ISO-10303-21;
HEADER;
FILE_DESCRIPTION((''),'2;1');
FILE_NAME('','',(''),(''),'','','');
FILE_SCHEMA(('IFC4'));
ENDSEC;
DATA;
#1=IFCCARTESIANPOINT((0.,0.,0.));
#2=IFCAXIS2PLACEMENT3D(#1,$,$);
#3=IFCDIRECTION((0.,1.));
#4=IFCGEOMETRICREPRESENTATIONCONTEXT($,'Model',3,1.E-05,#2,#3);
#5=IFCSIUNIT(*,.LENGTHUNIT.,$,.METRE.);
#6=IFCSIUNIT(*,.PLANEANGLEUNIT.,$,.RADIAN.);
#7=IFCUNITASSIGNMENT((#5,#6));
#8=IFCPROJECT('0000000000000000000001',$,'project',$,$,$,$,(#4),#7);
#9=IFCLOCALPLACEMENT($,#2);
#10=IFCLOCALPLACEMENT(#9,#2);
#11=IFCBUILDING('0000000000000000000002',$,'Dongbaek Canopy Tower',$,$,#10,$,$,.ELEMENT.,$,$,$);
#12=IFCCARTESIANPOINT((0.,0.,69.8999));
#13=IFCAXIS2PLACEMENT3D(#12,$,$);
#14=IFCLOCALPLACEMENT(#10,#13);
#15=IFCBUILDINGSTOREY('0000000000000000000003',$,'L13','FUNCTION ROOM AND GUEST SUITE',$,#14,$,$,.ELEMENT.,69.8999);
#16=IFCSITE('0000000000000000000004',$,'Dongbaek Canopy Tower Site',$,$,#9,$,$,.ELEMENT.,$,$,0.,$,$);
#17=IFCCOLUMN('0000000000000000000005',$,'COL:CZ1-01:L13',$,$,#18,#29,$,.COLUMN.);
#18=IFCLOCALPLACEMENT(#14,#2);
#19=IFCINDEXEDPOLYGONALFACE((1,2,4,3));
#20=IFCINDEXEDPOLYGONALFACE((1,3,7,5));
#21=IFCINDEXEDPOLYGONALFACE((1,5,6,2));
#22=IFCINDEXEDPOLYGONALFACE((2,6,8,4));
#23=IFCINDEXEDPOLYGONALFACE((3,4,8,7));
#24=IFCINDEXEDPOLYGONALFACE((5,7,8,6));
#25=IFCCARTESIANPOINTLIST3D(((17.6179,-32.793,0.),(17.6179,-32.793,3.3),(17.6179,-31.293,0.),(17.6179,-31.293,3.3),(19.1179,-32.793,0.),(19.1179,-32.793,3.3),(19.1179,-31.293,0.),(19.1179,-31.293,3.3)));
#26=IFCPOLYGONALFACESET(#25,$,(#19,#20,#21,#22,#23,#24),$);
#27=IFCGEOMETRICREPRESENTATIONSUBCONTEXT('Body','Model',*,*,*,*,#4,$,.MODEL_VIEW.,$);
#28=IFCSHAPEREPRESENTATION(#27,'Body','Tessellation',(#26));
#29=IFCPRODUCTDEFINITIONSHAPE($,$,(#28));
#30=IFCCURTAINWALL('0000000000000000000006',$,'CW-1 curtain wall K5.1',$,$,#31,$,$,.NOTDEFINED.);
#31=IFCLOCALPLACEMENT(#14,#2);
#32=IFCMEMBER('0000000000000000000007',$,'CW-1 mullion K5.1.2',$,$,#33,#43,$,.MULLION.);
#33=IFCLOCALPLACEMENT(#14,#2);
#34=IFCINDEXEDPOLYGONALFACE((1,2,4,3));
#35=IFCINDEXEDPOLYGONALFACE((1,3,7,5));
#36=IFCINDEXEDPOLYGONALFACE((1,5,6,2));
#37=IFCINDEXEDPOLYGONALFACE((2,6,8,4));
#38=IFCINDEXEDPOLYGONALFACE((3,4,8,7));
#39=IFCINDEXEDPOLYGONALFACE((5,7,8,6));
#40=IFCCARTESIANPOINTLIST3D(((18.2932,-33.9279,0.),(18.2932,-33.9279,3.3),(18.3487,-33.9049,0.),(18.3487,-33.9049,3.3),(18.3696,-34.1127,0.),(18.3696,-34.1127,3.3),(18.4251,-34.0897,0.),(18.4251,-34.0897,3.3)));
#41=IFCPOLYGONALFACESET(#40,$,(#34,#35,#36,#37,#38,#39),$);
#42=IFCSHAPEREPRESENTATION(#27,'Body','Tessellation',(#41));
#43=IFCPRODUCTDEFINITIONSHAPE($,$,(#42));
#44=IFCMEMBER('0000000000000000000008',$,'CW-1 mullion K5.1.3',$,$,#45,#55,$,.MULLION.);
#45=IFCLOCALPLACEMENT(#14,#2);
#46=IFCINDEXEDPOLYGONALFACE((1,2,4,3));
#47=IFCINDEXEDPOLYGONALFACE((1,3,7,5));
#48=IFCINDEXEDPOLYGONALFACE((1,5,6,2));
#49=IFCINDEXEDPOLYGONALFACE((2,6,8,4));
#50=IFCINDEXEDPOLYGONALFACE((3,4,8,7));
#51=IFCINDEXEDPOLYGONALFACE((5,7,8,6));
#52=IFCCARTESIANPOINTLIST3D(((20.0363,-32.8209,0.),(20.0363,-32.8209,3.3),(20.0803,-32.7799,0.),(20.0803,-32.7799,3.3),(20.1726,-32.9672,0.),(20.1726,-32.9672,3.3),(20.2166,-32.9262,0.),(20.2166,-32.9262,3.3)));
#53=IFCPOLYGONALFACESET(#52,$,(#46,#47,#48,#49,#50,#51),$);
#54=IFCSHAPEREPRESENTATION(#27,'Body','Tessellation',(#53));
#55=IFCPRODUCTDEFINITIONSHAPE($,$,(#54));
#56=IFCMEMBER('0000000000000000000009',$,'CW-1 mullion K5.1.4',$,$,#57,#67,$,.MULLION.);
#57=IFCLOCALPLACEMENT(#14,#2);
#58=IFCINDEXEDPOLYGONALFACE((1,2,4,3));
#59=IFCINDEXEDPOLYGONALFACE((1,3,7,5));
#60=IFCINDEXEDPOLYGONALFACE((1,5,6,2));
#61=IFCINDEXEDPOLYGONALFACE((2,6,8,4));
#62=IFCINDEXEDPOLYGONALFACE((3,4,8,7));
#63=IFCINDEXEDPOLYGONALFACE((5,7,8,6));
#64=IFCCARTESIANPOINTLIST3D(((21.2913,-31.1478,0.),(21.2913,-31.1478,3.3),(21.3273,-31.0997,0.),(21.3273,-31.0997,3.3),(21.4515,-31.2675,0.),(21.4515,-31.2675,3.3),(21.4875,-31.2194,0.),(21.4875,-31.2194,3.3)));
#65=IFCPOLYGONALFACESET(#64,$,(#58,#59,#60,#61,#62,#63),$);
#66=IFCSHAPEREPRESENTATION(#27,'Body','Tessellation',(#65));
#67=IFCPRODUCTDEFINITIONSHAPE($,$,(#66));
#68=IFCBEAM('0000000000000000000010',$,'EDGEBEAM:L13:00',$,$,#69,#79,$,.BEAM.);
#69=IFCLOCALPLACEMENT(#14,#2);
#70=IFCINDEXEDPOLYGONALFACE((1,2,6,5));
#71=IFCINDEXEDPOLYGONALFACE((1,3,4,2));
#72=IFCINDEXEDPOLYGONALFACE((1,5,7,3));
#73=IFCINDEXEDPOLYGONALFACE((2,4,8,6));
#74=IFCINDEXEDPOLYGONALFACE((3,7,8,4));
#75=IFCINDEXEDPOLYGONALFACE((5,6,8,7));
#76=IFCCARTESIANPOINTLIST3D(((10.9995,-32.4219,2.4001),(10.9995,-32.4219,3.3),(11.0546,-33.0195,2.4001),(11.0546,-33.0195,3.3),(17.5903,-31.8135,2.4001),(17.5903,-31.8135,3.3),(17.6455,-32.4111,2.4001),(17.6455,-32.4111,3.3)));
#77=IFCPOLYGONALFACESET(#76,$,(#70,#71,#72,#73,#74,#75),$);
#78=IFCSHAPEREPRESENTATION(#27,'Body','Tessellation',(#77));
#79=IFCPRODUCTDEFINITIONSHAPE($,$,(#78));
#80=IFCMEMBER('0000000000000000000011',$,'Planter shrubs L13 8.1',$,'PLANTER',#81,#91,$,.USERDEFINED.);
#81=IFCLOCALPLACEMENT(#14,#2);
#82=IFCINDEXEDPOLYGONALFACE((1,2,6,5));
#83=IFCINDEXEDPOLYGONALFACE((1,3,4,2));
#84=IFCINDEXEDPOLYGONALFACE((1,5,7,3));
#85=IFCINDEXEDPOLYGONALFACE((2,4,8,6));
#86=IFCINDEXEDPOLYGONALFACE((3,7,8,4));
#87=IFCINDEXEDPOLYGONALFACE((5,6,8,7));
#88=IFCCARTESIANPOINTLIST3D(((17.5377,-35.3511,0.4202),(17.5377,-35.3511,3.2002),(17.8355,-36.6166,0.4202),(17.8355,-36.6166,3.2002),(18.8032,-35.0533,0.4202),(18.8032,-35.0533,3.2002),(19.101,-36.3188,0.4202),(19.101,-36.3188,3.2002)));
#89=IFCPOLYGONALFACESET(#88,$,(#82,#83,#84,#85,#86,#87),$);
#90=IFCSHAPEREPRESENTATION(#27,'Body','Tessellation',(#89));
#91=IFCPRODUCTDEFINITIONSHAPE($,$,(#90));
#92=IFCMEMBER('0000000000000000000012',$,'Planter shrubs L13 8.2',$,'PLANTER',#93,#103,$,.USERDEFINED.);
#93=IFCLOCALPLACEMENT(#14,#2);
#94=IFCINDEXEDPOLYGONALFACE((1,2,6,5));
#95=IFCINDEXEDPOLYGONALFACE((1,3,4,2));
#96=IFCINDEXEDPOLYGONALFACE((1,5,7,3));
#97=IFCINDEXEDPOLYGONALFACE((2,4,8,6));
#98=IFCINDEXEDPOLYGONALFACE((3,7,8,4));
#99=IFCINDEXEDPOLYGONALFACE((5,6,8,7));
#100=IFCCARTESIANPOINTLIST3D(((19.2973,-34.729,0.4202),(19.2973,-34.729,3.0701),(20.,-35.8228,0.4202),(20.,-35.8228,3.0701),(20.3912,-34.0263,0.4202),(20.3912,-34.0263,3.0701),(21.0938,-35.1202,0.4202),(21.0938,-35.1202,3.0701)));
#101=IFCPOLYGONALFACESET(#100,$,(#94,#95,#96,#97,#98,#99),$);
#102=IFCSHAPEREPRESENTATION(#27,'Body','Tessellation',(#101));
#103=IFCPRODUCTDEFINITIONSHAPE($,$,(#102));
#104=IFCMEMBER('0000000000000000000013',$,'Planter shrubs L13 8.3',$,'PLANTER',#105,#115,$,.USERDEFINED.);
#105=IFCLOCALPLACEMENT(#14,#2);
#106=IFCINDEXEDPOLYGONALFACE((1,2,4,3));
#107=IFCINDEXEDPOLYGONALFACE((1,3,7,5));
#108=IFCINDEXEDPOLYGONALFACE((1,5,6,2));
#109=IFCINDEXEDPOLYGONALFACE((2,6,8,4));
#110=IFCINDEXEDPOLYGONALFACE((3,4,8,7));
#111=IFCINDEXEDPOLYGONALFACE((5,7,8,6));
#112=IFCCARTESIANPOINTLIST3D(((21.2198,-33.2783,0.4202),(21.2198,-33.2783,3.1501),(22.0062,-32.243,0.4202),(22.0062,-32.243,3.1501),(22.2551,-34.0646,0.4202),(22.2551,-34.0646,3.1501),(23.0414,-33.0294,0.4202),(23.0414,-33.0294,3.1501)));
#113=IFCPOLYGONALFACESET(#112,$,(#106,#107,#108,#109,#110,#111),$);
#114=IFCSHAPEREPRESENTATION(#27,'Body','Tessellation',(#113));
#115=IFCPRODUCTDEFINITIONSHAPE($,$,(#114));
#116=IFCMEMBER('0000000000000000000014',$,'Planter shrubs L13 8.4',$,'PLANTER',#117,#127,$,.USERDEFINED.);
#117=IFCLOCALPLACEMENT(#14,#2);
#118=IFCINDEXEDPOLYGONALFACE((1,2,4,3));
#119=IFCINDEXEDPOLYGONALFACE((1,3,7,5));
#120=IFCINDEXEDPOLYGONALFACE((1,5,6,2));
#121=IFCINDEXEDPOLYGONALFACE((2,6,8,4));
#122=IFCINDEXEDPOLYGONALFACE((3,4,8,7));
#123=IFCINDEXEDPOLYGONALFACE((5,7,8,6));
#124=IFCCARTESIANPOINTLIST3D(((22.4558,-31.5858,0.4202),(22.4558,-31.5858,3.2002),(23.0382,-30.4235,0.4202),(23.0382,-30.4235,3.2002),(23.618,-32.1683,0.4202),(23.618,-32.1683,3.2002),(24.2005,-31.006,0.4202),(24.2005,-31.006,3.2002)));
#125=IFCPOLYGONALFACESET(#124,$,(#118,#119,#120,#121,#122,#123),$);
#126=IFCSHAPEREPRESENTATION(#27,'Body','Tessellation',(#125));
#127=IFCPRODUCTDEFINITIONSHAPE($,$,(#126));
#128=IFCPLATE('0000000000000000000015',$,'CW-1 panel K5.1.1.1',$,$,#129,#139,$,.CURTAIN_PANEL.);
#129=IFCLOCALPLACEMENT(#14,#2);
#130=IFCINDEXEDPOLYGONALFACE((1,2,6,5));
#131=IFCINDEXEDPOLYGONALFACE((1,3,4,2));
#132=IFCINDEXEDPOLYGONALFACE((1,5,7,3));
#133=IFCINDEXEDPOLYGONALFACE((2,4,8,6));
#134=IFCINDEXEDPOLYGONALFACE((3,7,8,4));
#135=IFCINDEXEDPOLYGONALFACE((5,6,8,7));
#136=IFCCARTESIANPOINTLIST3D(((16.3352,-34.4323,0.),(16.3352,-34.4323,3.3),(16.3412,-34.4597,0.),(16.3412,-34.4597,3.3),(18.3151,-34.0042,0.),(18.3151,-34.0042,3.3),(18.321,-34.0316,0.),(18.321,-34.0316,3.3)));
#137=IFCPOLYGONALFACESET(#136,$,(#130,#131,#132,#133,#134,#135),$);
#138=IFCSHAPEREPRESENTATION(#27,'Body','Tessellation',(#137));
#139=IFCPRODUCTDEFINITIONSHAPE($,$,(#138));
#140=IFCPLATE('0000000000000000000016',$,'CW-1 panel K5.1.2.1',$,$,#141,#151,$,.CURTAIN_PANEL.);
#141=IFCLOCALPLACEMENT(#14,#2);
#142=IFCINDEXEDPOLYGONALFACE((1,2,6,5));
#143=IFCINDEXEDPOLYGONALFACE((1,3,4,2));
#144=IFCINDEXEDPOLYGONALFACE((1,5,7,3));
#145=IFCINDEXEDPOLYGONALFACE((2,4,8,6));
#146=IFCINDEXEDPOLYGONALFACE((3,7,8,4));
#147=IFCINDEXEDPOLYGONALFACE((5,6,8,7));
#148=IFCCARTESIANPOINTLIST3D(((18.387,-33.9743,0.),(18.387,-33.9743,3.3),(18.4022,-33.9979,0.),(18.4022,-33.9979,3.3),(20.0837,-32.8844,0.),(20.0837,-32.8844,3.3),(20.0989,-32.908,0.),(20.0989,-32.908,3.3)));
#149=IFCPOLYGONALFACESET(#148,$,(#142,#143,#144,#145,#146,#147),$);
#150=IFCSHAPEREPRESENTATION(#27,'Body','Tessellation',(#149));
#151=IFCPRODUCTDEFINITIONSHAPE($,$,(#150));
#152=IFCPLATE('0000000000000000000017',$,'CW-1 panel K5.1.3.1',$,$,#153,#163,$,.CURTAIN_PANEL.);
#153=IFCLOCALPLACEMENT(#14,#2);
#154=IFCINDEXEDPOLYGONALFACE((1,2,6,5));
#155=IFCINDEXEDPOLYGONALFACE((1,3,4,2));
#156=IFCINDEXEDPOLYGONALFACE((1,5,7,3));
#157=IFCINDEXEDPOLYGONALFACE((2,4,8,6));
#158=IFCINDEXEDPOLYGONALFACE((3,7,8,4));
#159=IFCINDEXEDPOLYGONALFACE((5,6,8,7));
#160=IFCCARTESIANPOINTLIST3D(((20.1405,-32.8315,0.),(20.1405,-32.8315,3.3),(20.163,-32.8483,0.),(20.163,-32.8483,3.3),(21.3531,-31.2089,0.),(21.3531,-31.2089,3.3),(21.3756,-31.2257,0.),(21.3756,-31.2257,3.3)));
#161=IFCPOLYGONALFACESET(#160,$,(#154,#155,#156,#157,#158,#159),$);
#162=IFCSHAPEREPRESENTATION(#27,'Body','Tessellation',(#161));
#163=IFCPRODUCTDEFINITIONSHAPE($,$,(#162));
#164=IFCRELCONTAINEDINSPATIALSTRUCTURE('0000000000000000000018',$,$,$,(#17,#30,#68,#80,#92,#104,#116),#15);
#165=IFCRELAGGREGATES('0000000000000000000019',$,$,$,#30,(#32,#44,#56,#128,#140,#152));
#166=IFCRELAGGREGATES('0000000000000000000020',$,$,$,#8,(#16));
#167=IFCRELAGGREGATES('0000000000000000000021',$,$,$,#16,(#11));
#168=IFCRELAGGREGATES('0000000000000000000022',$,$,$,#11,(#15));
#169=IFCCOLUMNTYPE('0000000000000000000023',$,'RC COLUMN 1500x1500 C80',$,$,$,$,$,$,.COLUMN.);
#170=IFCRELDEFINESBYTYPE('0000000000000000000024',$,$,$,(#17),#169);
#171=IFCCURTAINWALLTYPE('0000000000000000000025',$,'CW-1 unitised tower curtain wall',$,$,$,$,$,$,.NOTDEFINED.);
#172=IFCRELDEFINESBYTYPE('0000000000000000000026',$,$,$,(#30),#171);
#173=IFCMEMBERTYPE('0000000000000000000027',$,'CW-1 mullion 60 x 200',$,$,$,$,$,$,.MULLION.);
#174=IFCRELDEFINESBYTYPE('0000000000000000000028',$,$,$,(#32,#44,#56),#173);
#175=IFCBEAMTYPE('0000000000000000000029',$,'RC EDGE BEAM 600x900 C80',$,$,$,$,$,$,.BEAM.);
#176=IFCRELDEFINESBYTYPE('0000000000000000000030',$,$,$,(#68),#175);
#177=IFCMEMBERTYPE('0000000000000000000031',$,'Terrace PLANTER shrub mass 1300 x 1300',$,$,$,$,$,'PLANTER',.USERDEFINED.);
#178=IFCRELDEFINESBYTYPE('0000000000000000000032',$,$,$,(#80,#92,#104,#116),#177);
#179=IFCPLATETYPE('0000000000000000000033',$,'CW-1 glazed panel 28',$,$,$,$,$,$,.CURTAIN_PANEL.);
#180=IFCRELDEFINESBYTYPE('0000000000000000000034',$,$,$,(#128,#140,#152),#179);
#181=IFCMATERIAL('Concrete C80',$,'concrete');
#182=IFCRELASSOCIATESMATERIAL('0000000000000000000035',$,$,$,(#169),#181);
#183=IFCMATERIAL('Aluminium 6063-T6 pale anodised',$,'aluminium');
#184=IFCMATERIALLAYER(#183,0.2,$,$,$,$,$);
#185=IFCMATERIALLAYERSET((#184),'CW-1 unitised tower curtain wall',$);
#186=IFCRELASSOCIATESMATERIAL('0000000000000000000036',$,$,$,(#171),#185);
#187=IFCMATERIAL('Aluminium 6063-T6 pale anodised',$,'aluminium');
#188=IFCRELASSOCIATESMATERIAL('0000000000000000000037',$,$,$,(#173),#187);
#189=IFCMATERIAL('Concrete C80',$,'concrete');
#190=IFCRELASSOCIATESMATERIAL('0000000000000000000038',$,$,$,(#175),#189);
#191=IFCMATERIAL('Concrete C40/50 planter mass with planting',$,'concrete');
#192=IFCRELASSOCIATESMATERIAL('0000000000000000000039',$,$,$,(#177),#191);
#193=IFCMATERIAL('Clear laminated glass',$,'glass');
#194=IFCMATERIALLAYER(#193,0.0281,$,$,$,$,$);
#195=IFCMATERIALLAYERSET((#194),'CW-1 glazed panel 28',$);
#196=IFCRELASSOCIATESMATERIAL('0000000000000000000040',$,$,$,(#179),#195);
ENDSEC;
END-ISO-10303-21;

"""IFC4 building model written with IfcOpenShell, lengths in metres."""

from ifc_helpers import new_model, si_unit, direction, frame, origin, origin_2d, place, context, subcontext, project, spatial, rectangle, extrude, material, layer, layer_set, material_profile, profile_set, type_object, element, aggregate, save


model = new_model("IFC4")

# Units and contexts
model_context = context("Model", 3, precision=1e-05, world=origin(), true_north=direction((0.0, 1.0)))
body_context = subcontext(model_context, "Body", "Model", "MODEL_VIEW")
ifc_project = project(units=[si_unit("LENGTHUNIT", "METRE"), si_unit("PLANEANGLEUNIT", "RADIAN")], contexts=[model_context])

# Site, building, storey
site_placement = place(None, origin())
site = spatial("IfcSite", under=ifc_project, at=site_placement, Name="Dongbaek Canopy Tower Site", CompositionType="ELEMENT", RefElevation=0.0)
building_placement = place(site_placement, origin())
building = spatial("IfcBuilding", under=site, at=building_placement, Name="Dongbaek Canopy Tower", CompositionType="ELEMENT")
storey_placement = place(building_placement, frame((0.0, 0.0, 69.8999)))
storey = spatial("IfcBuildingStorey", under=building, at=storey_placement, Name="L13", Description="FUNCTION ROOM AND GUEST SUITE", CompositionType="ELEMENT", Elevation=69.8999)

# Column
ifc_material_1 = material(Name="Concrete C80", Category="concrete")
ifc_material_profile_1 = material_profile(ifc_material_1, rectangle(XDim=1.5, YDim=1.5, at=origin_2d()), Name="RC COLUMN 1500x1500 C80")
ifc_profile_set_1 = profile_set([ifc_material_profile_1], Name="Concrete C80")
column_type = type_object("IfcColumnType", Name="RC COLUMN 1500x1500 C80", PredefinedType="COLUMN", material=ifc_profile_set_1)
column_placement = place(storey_placement, frame((18.3679, -32.043, 0.0), z_axis=(0.0, 0.0, 1.0), x_axis=(1.0, 0.0, 0.0)))
element("IfcColumn", 1, at=column_placement, inside=storey, type_object=column_type, Name="COL:CZ1-01:L13", PredefinedType="COLUMN", context=body_context, shape_type="SweptSolid", body=[
    extrude(rectangle(XDim=1.5, YDim=1.5, at=origin_2d()), origin(), (0.0, 0.0, 1.0), 3.3),
])

# Curtain wall, members
ifc_material_2 = material(Name="Aluminium 6063-T6 pale anodised", Category="aluminium")
ifc_layer_1 = layer(ifc_material_2, 0.2)
ifc_layer_set_1 = layer_set([ifc_layer_1], Name="CW-1 unitised tower curtain wall")
curtain_wall_type = type_object("IfcCurtainWallType", Name="CW-1 unitised tower curtain wall", PredefinedType="NOTDEFINED", material=ifc_layer_set_1)
curtain_wall_placement = place(storey_placement, origin())
curtain_wall = element("IfcCurtainWall", 2, at=curtain_wall_placement, inside=storey, type_object=curtain_wall_type, Name="CW-1 curtain wall K5.1", PredefinedType="NOTDEFINED")
ifc_material_3 = material(Name="Aluminium 6063-T6 pale anodised", Category="aluminium")
ifc_material_profile_2 = material_profile(ifc_material_3, rectangle(XDim=0.2, YDim=0.0601, at=origin_2d()), Name="CW-1 mullion 60 x 200")
ifc_profile_set_2 = profile_set([ifc_material_profile_2], Name="Aluminium 6063-T6 pale anodised")
member_type_1 = type_object("IfcMemberType", Name="CW-1 mullion 60 x 200", PredefinedType="MULLION", material=ifc_profile_set_2)
member_1_placement = place(storey_placement, frame((18.3591, -34.0088, 0.0), z_axis=(0.0, 0.0, 1.0), x_axis=(0.382011, -0.924158, 0.0)))
member_1 = element("IfcMember", 3, at=member_1_placement, type_object=member_type_1, Name="CW-1 mullion K5.1.2", PredefinedType="MULLION", context=body_context, shape_type="SweptSolid", body=[
    extrude(rectangle(XDim=0.2, YDim=0.0601, at=origin_2d()), origin(), (0.0, 0.0, 1.0), 3.3),
])
member_2_placement = place(storey_placement, frame((20.1265, -32.8735, 0.0), z_axis=(0.0, 0.0, 1.0), x_axis=(0.681641, -0.731687, 0.0)))
member_2 = element("IfcMember", 4, at=member_2_placement, type_object=member_type_1, Name="CW-1 mullion K5.1.3", PredefinedType="MULLION", context=body_context, shape_type="SweptSolid", body=[
    extrude(rectangle(XDim=0.2, YDim=0.0601, at=origin_2d()), origin(), (0.0, 0.0, 1.0), 3.3),
])
member_3_placement = place(storey_placement, frame((21.3894, -31.1836, 0.0), z_axis=(0.0, 0.0, 1.0), x_axis=(0.801033, -0.59862, 0.0)))
member_3 = element("IfcMember", 5, at=member_3_placement, type_object=member_type_1, Name="CW-1 mullion K5.1.4", PredefinedType="MULLION", context=body_context, shape_type="SweptSolid", body=[
    extrude(rectangle(XDim=0.2, YDim=0.0601, at=origin_2d()), origin(), (0.0, 0.0, 1.0), 3.3),
])

# Beam
ifc_material_4 = material(Name="Concrete C80", Category="concrete")
ifc_material_profile_3 = material_profile(ifc_material_4, rectangle(XDim=0.6001, YDim=0.8999, at=origin_2d()), Name="RC EDGE BEAM 600x900 C80")
ifc_profile_set_3 = profile_set([ifc_material_profile_3], Name="Concrete C80")
beam_type = type_object("IfcBeamType", Name="RC EDGE BEAM 600x900 C80", PredefinedType="BEAM", material=ifc_profile_set_3)
beam_placement = place(storey_placement, frame((17.6179, -32.1123, 2.8501), z_axis=(-0.995766, -0.091919, 0.0), x_axis=(0.091919, -0.995766, 0.0)))
element("IfcBeam", 6, at=beam_placement, inside=storey, type_object=beam_type, Name="EDGEBEAM:L13:00", PredefinedType="BEAM", context=body_context, shape_type="SweptSolid", body=[
    extrude(rectangle(XDim=0.6001, YDim=0.8999, at=origin_2d()), origin(), (0.0, 0.0, 1.0), 6.6189),
])

# Members
ifc_material_5 = material(Name="Concrete C40/50 planter mass with planting", Category="concrete")
ifc_material_profile_4 = material_profile(ifc_material_5, rectangle(XDim=1.3, YDim=1.3, at=origin_2d()), Name="Terrace PLANTER shrub mass 1300 x 1300")
ifc_profile_set_4 = profile_set([ifc_material_profile_4], Name="Concrete C40/50 planter mass with planting")
member_type_2 = type_object("IfcMemberType", Name="Terrace PLANTER shrub mass 1300 x 1300", ElementType="PLANTER", PredefinedType="USERDEFINED", material=ifc_profile_set_4)
member_4_placement = place(storey_placement, frame((18.3193, -35.835, 0.4202), z_axis=(0.0, 0.0, 1.0), x_axis=(0.229056, -0.973413, 0.0)))
element("IfcMember", 7, at=member_4_placement, inside=storey, type_object=member_type_2, Name="Planter shrubs L13 8.1", ObjectType="PLANTER", PredefinedType="USERDEFINED", context=body_context, shape_type="SweptSolid", body=[
    extrude(rectangle(XDim=1.3, YDim=1.3, at=origin_2d()), origin(), (0.0, 0.0, 1.0), 2.78),
])
member_5_placement = place(storey_placement, frame((20.1956, -34.9246, 0.4202), z_axis=(0.0, 0.0, 1.0), x_axis=(0.540463, -0.841368, 0.0)))
element("IfcMember", 8, at=member_5_placement, inside=storey, type_object=member_type_2, Name="Planter shrubs L13 8.2", ObjectType="PLANTER", PredefinedType="USERDEFINED", context=body_context, shape_type="SweptSolid", body=[
    extrude(rectangle(XDim=1.3, YDim=1.3, at=origin_2d()), origin(), (0.0, 0.0, 1.0), 2.6499),
])
member_6_placement = place(storey_placement, frame((22.1306, -33.1538, 0.4202), z_axis=(0.0, 0.0, 1.0), x_axis=(0.796328, -0.604865, 0.0)))
element("IfcMember", 9, at=member_6_placement, inside=storey, type_object=member_type_2, Name="Planter shrubs L13 8.3", ObjectType="PLANTER", PredefinedType="USERDEFINED", context=body_context, shape_type="SweptSolid", body=[
    extrude(rectangle(XDim=1.3, YDim=1.3, at=origin_2d()), origin(), (0.0, 0.0, 1.0), 2.73),
])
member_7_placement = place(storey_placement, frame((23.3281, -31.2959, 0.4202), z_axis=(0.0, 0.0, 1.0), x_axis=(0.894006, -0.448055, 0.0)))
element("IfcMember", 10, at=member_7_placement, inside=storey, type_object=member_type_2, Name="Planter shrubs L13 8.4", ObjectType="PLANTER", PredefinedType="USERDEFINED", context=body_context, shape_type="SweptSolid", body=[
    extrude(rectangle(XDim=1.3, YDim=1.3, at=origin_2d()), origin(), (0.0, 0.0, 1.0), 2.78),
])

# Plates
ifc_material_6 = material(Name="Clear laminated glass", Category="glass")
ifc_layer_2 = layer(ifc_material_6, 0.0281)
ifc_layer_set_2 = layer_set([ifc_layer_2], Name="CW-1 glazed panel 28")
plate_type = type_object("IfcPlateType", Name="CW-1 glazed panel 28", PredefinedType="CURTAIN_PANEL", material=ifc_layer_set_2)
plate_1_placement = place(storey_placement, frame((17.3281, -34.2319, 0.0), z_axis=(0.0, 0.0, 1.0), x_axis=(0.977411, 0.211349, 0.0)))
plate_1 = element("IfcPlate", 11, at=plate_1_placement, type_object=plate_type, Name="CW-1 panel K5.1.1.1", PredefinedType="CURTAIN_PANEL", context=body_context, shape_type="SweptSolid", body=[
    extrude(rectangle(XDim=2.0256, YDim=0.0281, at=origin_2d()), origin(), (0.0, 0.0, 1.0), 3.3),
])
plate_2_placement = place(storey_placement, frame((19.2429, -33.4412, 0.0), z_axis=(0.0, 0.0, 1.0), x_axis=(0.841368, 0.540463, 0.0)))
plate_2 = element("IfcPlate", 12, at=plate_2_placement, type_object=plate_type, Name="CW-1 panel K5.1.2.1", PredefinedType="CURTAIN_PANEL", context=body_context, shape_type="SweptSolid", body=[
    extrude(rectangle(XDim=2.0166, YDim=0.0281, at=origin_2d()), origin(), (0.0, 0.0, 1.0), 3.3),
])
plate_3_placement = place(storey_placement, frame((20.7581, -32.0286, 0.0), z_axis=(0.0, 0.0, 1.0), x_axis=(0.59862, 0.801033, 0.0)))
plate_3 = element("IfcPlate", 13, at=plate_3_placement, type_object=plate_type, Name="CW-1 panel K5.1.3.1", PredefinedType="CURTAIN_PANEL", context=body_context, shape_type="SweptSolid", body=[
    extrude(rectangle(XDim=2.0256, YDim=0.0281, at=origin_2d()), origin(), (0.0, 0.0, 1.0), 3.3),
])
aggregate(curtain_wall, [member_1, member_2, member_3, plate_1, plate_2, plate_3])

save(model, "model.ifc")
